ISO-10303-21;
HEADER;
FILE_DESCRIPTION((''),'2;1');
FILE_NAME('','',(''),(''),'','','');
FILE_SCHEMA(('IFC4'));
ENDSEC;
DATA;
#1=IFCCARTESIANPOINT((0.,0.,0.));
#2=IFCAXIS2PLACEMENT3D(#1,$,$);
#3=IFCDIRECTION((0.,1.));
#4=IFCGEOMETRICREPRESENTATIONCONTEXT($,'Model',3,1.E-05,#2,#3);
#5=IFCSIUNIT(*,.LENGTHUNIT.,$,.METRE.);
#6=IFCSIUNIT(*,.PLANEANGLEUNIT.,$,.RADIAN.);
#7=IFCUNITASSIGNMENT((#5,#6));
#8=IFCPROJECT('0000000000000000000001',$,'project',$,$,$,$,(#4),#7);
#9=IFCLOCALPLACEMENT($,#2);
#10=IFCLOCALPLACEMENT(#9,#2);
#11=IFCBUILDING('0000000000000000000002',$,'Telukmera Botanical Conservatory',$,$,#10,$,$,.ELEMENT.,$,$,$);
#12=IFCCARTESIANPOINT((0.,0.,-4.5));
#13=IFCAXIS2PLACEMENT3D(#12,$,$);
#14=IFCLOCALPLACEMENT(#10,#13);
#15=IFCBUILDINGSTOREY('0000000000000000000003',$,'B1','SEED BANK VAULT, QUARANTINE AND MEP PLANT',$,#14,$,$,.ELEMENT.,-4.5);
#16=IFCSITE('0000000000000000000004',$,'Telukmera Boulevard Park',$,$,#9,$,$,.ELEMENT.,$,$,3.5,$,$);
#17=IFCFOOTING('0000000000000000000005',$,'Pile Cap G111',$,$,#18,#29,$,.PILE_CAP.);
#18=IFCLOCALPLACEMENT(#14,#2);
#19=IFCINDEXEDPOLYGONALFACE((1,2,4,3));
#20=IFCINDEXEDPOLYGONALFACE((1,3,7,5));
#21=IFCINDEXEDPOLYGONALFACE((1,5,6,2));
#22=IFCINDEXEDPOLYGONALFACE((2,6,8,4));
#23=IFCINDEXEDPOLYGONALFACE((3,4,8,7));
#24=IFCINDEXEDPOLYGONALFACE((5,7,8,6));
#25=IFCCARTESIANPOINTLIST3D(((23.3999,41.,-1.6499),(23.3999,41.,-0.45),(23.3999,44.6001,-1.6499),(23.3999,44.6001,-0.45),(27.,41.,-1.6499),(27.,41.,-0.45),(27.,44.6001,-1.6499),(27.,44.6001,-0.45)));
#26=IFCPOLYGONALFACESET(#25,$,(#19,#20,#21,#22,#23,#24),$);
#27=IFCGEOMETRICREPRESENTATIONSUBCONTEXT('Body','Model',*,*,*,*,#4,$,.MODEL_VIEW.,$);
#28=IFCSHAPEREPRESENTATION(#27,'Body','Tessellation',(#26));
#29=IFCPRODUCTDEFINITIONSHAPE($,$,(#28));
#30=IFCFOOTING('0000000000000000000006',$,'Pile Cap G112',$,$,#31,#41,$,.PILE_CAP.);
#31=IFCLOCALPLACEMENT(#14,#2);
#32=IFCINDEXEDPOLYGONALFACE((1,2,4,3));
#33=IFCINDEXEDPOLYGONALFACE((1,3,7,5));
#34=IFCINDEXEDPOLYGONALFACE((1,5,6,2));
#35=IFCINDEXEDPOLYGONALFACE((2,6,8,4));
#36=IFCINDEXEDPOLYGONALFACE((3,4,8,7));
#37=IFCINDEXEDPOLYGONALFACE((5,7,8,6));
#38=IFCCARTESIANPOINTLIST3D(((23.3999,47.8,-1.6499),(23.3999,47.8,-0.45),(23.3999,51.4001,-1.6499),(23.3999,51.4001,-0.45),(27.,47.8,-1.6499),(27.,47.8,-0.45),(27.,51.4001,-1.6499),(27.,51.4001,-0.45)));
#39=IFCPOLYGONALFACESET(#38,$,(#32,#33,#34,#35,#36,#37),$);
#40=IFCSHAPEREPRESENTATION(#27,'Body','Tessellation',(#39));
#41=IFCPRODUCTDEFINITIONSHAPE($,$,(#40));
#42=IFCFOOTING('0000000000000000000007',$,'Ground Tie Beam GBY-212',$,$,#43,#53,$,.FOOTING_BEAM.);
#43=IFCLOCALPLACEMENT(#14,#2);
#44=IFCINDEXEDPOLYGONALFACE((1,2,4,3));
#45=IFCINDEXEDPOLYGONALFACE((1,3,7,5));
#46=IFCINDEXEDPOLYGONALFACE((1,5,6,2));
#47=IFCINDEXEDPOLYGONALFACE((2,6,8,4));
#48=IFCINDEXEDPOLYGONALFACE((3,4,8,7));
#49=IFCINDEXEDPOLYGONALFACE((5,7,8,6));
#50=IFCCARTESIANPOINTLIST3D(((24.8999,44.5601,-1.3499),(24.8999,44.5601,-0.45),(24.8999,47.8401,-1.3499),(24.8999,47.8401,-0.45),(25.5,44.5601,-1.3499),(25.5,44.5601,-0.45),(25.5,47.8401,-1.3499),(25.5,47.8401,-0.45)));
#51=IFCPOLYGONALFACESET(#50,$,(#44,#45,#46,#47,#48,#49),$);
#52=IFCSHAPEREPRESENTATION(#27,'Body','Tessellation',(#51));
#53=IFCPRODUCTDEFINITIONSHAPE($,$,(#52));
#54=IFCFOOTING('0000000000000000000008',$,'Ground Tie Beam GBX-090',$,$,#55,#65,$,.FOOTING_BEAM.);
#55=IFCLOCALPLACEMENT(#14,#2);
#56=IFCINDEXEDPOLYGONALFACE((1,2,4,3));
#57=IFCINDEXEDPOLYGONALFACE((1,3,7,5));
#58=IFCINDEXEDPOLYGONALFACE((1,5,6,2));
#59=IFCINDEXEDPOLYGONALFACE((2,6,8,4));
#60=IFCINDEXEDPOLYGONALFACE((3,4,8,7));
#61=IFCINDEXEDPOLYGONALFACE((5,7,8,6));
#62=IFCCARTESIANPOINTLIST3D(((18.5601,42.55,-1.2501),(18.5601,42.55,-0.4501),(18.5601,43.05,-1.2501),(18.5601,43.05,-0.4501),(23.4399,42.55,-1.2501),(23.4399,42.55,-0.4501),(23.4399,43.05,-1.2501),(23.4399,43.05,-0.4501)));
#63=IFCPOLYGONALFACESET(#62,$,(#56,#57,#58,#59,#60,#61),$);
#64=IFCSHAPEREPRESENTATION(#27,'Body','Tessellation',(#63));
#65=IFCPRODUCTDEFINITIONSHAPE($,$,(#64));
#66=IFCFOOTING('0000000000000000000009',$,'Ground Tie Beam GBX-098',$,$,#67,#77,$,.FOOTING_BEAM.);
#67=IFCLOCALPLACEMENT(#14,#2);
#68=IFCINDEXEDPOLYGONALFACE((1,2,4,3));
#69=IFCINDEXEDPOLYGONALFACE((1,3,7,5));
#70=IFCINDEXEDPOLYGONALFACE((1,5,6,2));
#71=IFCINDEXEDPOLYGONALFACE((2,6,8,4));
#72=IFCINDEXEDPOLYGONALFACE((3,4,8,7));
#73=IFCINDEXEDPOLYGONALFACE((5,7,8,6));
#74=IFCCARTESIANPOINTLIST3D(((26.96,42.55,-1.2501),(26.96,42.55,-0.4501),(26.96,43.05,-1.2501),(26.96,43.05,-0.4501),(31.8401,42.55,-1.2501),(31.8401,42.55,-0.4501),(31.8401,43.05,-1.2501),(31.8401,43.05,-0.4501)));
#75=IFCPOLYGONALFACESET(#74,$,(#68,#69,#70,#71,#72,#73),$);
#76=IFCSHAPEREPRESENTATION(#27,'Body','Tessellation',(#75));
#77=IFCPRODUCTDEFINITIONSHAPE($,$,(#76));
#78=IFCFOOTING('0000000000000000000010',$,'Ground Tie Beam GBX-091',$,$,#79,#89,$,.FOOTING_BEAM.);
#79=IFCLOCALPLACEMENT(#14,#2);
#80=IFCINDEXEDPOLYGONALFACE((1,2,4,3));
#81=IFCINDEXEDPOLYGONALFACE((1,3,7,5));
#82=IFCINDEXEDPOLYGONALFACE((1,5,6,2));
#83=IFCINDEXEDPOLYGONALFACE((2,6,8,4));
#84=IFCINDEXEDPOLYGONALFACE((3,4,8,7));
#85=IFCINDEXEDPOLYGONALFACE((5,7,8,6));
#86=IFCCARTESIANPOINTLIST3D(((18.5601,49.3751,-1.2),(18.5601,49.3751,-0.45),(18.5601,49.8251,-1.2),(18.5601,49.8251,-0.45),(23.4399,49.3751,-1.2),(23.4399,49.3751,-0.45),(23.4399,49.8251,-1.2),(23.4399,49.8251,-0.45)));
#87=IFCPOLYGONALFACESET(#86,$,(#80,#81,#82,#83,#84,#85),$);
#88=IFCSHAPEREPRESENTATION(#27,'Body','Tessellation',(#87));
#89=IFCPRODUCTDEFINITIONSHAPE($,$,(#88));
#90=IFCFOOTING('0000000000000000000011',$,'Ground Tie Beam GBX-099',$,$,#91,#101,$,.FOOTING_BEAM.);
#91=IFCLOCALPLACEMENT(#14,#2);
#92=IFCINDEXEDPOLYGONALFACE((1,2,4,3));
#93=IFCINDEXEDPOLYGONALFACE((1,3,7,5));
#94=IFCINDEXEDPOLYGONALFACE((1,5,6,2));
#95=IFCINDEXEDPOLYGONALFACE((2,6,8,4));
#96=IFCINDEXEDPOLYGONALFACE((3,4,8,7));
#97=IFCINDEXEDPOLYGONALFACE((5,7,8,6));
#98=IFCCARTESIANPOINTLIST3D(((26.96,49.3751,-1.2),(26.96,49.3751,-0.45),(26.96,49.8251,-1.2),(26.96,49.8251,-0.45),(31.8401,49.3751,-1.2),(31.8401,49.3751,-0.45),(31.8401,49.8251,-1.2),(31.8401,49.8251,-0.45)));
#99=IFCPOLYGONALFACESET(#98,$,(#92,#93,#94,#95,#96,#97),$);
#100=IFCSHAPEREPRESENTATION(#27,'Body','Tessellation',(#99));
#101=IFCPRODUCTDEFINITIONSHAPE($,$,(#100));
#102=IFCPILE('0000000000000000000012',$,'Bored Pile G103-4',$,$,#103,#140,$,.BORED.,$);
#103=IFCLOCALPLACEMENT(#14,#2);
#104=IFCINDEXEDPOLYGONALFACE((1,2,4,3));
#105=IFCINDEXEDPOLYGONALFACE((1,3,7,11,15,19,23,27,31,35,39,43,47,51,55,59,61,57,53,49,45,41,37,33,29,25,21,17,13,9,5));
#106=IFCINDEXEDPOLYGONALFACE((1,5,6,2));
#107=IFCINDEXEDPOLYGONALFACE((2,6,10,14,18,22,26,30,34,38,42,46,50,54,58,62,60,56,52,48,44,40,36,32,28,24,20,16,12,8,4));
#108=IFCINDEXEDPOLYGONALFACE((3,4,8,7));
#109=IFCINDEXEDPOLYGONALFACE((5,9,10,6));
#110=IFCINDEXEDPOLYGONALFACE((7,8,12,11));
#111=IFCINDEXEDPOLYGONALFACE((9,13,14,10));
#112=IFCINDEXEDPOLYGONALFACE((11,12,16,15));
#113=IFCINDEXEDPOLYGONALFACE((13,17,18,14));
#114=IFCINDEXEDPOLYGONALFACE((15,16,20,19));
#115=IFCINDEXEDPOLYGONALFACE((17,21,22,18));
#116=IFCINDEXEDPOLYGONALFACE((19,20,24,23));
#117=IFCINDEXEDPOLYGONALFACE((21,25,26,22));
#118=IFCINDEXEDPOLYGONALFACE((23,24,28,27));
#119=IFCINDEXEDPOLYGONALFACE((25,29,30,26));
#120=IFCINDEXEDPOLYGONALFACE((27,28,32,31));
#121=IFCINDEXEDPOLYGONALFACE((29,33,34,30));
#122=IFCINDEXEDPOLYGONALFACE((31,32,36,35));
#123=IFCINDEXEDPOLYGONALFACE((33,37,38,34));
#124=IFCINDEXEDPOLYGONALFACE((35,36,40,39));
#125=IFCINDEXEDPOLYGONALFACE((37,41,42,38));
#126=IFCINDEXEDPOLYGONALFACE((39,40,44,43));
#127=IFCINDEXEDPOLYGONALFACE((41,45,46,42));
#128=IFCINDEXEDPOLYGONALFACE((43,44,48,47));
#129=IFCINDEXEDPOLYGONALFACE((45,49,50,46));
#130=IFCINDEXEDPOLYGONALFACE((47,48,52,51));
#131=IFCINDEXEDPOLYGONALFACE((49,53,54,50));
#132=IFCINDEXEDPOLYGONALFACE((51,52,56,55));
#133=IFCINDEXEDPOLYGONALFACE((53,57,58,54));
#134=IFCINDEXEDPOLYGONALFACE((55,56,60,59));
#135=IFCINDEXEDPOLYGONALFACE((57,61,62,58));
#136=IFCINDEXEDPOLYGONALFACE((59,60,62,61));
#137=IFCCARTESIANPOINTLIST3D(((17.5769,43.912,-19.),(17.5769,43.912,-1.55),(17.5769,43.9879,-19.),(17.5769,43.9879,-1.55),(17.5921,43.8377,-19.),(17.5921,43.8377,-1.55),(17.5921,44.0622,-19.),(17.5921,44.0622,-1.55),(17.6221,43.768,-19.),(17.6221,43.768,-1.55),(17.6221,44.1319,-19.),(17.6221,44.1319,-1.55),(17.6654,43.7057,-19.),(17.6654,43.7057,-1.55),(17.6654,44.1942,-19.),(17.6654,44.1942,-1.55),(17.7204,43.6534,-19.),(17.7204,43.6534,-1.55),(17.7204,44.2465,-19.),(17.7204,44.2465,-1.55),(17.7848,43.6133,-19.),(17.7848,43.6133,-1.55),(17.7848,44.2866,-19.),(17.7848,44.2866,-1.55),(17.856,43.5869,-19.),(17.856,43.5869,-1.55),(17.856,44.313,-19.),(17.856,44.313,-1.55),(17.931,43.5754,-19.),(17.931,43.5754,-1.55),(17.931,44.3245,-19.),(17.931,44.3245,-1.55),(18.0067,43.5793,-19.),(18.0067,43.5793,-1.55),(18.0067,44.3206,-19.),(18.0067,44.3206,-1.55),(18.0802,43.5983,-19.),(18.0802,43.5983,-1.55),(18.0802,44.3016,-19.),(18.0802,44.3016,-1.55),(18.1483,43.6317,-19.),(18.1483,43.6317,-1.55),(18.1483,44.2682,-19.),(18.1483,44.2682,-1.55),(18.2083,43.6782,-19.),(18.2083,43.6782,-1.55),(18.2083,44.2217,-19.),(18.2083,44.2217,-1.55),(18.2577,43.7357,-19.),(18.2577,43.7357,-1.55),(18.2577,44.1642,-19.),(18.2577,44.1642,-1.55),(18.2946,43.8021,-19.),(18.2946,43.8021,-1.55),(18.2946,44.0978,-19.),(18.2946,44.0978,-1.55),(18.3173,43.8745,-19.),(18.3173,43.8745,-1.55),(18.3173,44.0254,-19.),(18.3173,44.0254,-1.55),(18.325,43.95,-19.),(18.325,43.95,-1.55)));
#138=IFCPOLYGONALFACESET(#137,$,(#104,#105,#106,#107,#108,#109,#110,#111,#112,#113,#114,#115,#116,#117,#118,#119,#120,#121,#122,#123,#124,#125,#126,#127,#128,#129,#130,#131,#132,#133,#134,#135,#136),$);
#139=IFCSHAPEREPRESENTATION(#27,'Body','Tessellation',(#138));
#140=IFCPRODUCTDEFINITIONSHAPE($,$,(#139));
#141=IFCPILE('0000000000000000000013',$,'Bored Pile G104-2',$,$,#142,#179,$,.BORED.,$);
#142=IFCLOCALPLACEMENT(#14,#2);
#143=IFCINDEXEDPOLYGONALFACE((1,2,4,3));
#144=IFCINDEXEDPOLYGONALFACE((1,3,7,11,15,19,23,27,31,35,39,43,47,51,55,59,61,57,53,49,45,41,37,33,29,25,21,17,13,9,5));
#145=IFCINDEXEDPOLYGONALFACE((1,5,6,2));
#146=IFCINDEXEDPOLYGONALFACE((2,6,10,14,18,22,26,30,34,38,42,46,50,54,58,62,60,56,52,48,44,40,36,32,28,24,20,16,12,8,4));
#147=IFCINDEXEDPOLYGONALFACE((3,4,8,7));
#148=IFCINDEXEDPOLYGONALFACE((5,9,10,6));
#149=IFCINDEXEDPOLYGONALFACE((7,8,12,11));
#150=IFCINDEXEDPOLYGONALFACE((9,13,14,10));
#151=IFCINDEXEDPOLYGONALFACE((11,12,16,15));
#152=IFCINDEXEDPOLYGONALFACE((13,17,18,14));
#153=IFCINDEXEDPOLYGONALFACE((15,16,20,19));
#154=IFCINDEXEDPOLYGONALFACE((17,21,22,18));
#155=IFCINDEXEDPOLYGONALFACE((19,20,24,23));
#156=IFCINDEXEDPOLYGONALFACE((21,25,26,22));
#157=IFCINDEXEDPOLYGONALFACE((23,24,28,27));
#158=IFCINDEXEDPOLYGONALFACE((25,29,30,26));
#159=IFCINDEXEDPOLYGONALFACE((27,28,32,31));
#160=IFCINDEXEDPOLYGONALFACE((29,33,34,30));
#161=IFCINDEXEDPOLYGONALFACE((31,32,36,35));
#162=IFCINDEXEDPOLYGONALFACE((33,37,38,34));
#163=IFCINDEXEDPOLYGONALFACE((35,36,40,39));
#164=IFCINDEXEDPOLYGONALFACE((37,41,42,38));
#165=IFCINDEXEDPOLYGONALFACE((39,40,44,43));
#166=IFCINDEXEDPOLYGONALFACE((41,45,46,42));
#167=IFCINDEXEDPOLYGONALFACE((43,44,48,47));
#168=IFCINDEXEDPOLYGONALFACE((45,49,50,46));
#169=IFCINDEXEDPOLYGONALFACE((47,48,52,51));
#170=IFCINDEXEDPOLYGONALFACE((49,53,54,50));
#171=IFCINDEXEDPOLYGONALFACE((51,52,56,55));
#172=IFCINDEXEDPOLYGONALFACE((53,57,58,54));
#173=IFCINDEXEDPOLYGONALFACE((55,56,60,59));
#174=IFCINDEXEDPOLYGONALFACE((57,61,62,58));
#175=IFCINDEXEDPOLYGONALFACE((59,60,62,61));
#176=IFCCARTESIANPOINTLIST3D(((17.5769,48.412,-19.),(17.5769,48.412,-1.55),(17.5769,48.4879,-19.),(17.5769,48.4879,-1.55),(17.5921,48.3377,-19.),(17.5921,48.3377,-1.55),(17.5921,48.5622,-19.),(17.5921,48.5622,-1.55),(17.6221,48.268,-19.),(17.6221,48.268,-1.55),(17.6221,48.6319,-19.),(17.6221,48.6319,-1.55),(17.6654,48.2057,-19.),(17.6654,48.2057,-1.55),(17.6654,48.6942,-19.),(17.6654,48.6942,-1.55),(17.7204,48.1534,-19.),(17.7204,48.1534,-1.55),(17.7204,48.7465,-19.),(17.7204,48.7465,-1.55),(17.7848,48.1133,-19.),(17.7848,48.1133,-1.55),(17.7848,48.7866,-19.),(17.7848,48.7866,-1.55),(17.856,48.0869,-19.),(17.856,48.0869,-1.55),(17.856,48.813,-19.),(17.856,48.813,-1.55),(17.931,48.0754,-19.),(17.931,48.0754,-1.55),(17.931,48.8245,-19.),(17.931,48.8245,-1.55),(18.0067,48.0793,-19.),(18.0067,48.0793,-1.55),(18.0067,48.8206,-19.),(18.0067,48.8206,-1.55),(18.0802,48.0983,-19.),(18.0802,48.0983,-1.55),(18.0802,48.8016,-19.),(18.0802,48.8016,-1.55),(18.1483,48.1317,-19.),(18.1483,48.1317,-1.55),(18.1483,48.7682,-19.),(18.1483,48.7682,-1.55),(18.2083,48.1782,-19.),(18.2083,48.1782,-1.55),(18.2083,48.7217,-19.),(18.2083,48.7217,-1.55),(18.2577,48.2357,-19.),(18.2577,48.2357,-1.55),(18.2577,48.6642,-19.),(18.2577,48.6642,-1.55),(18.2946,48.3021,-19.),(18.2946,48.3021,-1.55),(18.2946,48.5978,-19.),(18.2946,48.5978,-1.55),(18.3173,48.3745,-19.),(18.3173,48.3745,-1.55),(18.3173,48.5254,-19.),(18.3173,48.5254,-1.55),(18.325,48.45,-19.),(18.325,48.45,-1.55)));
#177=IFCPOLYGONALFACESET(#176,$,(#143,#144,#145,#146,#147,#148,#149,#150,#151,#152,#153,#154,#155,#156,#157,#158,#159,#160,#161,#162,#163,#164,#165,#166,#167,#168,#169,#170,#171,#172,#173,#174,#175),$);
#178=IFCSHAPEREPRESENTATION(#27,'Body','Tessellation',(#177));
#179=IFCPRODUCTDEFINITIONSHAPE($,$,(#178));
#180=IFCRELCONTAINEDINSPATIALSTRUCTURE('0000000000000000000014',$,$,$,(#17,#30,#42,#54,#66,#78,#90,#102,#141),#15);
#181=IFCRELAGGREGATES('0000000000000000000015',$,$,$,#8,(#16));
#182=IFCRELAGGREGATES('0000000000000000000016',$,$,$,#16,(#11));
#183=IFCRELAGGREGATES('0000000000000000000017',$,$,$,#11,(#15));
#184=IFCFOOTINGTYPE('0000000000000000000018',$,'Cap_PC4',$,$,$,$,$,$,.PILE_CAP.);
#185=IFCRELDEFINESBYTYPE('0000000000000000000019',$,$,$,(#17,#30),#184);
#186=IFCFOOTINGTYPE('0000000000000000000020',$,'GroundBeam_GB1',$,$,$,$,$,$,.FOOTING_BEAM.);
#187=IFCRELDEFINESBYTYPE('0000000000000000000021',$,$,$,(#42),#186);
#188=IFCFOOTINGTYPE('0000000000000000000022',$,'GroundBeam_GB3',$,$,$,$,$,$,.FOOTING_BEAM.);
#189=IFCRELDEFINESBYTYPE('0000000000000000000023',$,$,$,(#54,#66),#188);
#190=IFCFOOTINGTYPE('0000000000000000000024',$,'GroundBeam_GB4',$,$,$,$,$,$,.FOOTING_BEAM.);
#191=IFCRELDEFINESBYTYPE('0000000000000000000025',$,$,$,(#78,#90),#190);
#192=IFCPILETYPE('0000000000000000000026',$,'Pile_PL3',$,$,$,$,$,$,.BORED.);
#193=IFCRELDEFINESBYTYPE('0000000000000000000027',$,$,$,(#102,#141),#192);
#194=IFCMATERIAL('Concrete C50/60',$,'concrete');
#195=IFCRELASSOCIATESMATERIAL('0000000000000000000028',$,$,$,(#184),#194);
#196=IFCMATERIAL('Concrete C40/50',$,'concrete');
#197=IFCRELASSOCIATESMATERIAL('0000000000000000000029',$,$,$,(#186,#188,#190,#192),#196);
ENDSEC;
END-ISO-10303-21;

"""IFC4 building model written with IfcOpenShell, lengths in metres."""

from ifc_helpers import new_model, si_unit, direction, frame, origin, origin_2d, place, context, subcontext, project, spatial, rectangle, circle, extrude, material, material_profile, profile_set, type_object, element, save


model = new_model("IFC4")

# Units and contexts
model_context = context("Model", 3, precision=1e-05, world=origin(), true_north=direction((0.0, 1.0)))
body_context = subcontext(model_context, "Body", "Model", "MODEL_VIEW")
ifc_project = project(units=[si_unit("LENGTHUNIT", "METRE"), si_unit("PLANEANGLEUNIT", "RADIAN")], contexts=[model_context])

# Site, building, storey
site_placement = place(None, origin())
site = spatial("IfcSite", under=ifc_project, at=site_placement, Name="Telukmera Boulevard Park", CompositionType="ELEMENT", RefElevation=3.5)
building_placement = place(site_placement, origin())
building = spatial("IfcBuilding", under=site, at=building_placement, Name="Telukmera Botanical Conservatory", CompositionType="ELEMENT")
storey_placement = place(building_placement, frame((0.0, 0.0, -4.5)))
storey = spatial("IfcBuildingStorey", under=building, at=storey_placement, Name="B1", Description="SEED BANK VAULT, QUARANTINE AND MEP PLANT", CompositionType="ELEMENT", Elevation=-4.5)

# Footings
ifc_material_1 = material(Name="Concrete C50/60", Category="concrete")
footing_type_1 = type_object("IfcFootingType", Name="Cap_PC4", PredefinedType="PILE_CAP", material=ifc_material_1)
for number, where, z_axis, x_axis, name in (
    (1, (25.2, 42.8, -1.6499), (0.0, 0.0, 1.0), (1.0, 0.0, 0.0), "Pile Cap G111"),
    (2, (25.2, 49.6001, -1.6499), (0.0, 0.0, 1.0), (1.0, 0.0, 0.0), "Pile Cap G112"),
):
    element("IfcFooting", number, at=place(storey_placement, frame(where, z_axis=z_axis, x_axis=x_axis)), inside=storey, type_object=footing_type_1, Name=name, PredefinedType="PILE_CAP", context=body_context, shape_type="SweptSolid", body=[
        extrude(rectangle(XDim=3.6001, YDim=3.6001, at=origin_2d()), origin(), (0.0, 0.0, 1.0), 1.2),
    ])
ifc_material_2 = material(Name="Concrete C40/50", Category="concrete")
ifc_material_profile_1 = material_profile(ifc_material_2, rectangle(XDim=0.6001, YDim=0.8999, at=origin_2d()), Name="RC 600x900")
ifc_profile_set_1 = profile_set([ifc_material_profile_1], Name="Concrete C40/50")
footing_type_2 = type_object("IfcFootingType", Name="GroundBeam_GB1", PredefinedType="FOOTING_BEAM", material=ifc_profile_set_1)
footing_1_placement = place(storey_placement, frame((25.2, 44.5601, -0.8999), z_axis=(0.0, 1.0, 0.0), x_axis=(-1.0, 0.0, 0.0)))
element("IfcFooting", 3, at=footing_1_placement, inside=storey, type_object=footing_type_2, Name="Ground Tie Beam GBY-212", PredefinedType="FOOTING_BEAM", context=body_context, shape_type="SweptSolid", body=[
    extrude(rectangle(XDim=0.6001, YDim=0.8999, at=origin_2d()), origin(), (0.0, 0.0, 1.0), 3.28),
])
ifc_material_profile_2 = material_profile(ifc_material_2, rectangle(XDim=0.5, YDim=0.8, at=origin_2d()), Name="RC 500x800")
ifc_profile_set_2 = profile_set([ifc_material_profile_2], Name="Concrete C40/50")
footing_type_3 = type_object("IfcFootingType", Name="GroundBeam_GB3", PredefinedType="FOOTING_BEAM", material=ifc_profile_set_2)
footing_2_placement = place(storey_placement, frame((18.5601, 42.8, -0.8501), z_axis=(1.0, 0.0, 0.0), x_axis=(0.0, 1.0, 0.0)))
element("IfcFooting", 4, at=footing_2_placement, inside=storey, type_object=footing_type_3, Name="Ground Tie Beam GBX-090", PredefinedType="FOOTING_BEAM", context=body_context, shape_type="SweptSolid", body=[
    extrude(rectangle(XDim=0.5, YDim=0.8, at=origin_2d()), origin(), (0.0, 0.0, 1.0), 4.8799),
])
footing_3_placement = place(storey_placement, frame((26.96, 42.8, -0.8501), z_axis=(1.0, 0.0, 0.0), x_axis=(0.0, 1.0, 0.0)))
element("IfcFooting", 5, at=footing_3_placement, inside=storey, type_object=footing_type_3, Name="Ground Tie Beam GBX-098", PredefinedType="FOOTING_BEAM", context=body_context, shape_type="SweptSolid", body=[
    extrude(rectangle(XDim=0.5, YDim=0.8, at=origin_2d()), origin(), (0.0, 0.0, 1.0), 4.8801),
])
ifc_material_profile_3 = material_profile(ifc_material_2, rectangle(XDim=0.45, YDim=0.75, at=origin_2d()), Name="RC 450x750")
ifc_profile_set_3 = profile_set([ifc_material_profile_3], Name="Concrete C40/50")
footing_type_4 = type_object("IfcFootingType", Name="GroundBeam_GB4", PredefinedType="FOOTING_BEAM", material=ifc_profile_set_3)
footing_4_placement = place(storey_placement, frame((18.5601, 49.6001, -0.825), z_axis=(1.0, 0.0, 0.0), x_axis=(0.0, 1.0, 0.0)))
element("IfcFooting", 6, at=footing_4_placement, inside=storey, type_object=footing_type_4, Name="Ground Tie Beam GBX-091", PredefinedType="FOOTING_BEAM", context=body_context, shape_type="SweptSolid", body=[
    extrude(rectangle(XDim=0.45, YDim=0.75, at=origin_2d()), origin(), (0.0, 0.0, 1.0), 4.8799),
])
footing_5_placement = place(storey_placement, frame((26.96, 49.6001, -0.825), z_axis=(1.0, 0.0, 0.0), x_axis=(0.0, 1.0, 0.0)))
element("IfcFooting", 7, at=footing_5_placement, inside=storey, type_object=footing_type_4, Name="Ground Tie Beam GBX-099", PredefinedType="FOOTING_BEAM", context=body_context, shape_type="SweptSolid", body=[
    extrude(rectangle(XDim=0.45, YDim=0.75, at=origin_2d()), origin(), (0.0, 0.0, 1.0), 4.8801),
])

# Piles
ifc_material_profile_4 = material_profile(ifc_material_2, circle(Radius=0.375, at=origin_2d()), Name="PILE D750")
ifc_profile_set_4 = profile_set([ifc_material_profile_4], Name="Concrete C40/50")
pile_type = type_object("IfcPileType", Name="Pile_PL3", PredefinedType="BORED", material=ifc_profile_set_4)
for number, where, z_axis, x_axis, name in (
    (8, (17.95, 43.95, -1.55), (0.0, 0.0, -1.0), (1.0, 0.0, 0.0), "Bored Pile G103-4"),
    (9, (17.95, 48.45, -1.55), (0.0, 0.0, -1.0), (1.0, 0.0, 0.0), "Bored Pile G104-2"),
):
    element("IfcPile", number, at=place(storey_placement, frame(where, z_axis=z_axis, x_axis=x_axis)), inside=storey, type_object=pile_type, Name=name, PredefinedType="BORED", context=body_context, shape_type="SweptSolid", body=[
        extrude(circle(Radius=0.375, at=origin_2d()), origin(), (0.0, 0.0, 1.0), 17.45),
    ])

save(model, "model.ifc")
